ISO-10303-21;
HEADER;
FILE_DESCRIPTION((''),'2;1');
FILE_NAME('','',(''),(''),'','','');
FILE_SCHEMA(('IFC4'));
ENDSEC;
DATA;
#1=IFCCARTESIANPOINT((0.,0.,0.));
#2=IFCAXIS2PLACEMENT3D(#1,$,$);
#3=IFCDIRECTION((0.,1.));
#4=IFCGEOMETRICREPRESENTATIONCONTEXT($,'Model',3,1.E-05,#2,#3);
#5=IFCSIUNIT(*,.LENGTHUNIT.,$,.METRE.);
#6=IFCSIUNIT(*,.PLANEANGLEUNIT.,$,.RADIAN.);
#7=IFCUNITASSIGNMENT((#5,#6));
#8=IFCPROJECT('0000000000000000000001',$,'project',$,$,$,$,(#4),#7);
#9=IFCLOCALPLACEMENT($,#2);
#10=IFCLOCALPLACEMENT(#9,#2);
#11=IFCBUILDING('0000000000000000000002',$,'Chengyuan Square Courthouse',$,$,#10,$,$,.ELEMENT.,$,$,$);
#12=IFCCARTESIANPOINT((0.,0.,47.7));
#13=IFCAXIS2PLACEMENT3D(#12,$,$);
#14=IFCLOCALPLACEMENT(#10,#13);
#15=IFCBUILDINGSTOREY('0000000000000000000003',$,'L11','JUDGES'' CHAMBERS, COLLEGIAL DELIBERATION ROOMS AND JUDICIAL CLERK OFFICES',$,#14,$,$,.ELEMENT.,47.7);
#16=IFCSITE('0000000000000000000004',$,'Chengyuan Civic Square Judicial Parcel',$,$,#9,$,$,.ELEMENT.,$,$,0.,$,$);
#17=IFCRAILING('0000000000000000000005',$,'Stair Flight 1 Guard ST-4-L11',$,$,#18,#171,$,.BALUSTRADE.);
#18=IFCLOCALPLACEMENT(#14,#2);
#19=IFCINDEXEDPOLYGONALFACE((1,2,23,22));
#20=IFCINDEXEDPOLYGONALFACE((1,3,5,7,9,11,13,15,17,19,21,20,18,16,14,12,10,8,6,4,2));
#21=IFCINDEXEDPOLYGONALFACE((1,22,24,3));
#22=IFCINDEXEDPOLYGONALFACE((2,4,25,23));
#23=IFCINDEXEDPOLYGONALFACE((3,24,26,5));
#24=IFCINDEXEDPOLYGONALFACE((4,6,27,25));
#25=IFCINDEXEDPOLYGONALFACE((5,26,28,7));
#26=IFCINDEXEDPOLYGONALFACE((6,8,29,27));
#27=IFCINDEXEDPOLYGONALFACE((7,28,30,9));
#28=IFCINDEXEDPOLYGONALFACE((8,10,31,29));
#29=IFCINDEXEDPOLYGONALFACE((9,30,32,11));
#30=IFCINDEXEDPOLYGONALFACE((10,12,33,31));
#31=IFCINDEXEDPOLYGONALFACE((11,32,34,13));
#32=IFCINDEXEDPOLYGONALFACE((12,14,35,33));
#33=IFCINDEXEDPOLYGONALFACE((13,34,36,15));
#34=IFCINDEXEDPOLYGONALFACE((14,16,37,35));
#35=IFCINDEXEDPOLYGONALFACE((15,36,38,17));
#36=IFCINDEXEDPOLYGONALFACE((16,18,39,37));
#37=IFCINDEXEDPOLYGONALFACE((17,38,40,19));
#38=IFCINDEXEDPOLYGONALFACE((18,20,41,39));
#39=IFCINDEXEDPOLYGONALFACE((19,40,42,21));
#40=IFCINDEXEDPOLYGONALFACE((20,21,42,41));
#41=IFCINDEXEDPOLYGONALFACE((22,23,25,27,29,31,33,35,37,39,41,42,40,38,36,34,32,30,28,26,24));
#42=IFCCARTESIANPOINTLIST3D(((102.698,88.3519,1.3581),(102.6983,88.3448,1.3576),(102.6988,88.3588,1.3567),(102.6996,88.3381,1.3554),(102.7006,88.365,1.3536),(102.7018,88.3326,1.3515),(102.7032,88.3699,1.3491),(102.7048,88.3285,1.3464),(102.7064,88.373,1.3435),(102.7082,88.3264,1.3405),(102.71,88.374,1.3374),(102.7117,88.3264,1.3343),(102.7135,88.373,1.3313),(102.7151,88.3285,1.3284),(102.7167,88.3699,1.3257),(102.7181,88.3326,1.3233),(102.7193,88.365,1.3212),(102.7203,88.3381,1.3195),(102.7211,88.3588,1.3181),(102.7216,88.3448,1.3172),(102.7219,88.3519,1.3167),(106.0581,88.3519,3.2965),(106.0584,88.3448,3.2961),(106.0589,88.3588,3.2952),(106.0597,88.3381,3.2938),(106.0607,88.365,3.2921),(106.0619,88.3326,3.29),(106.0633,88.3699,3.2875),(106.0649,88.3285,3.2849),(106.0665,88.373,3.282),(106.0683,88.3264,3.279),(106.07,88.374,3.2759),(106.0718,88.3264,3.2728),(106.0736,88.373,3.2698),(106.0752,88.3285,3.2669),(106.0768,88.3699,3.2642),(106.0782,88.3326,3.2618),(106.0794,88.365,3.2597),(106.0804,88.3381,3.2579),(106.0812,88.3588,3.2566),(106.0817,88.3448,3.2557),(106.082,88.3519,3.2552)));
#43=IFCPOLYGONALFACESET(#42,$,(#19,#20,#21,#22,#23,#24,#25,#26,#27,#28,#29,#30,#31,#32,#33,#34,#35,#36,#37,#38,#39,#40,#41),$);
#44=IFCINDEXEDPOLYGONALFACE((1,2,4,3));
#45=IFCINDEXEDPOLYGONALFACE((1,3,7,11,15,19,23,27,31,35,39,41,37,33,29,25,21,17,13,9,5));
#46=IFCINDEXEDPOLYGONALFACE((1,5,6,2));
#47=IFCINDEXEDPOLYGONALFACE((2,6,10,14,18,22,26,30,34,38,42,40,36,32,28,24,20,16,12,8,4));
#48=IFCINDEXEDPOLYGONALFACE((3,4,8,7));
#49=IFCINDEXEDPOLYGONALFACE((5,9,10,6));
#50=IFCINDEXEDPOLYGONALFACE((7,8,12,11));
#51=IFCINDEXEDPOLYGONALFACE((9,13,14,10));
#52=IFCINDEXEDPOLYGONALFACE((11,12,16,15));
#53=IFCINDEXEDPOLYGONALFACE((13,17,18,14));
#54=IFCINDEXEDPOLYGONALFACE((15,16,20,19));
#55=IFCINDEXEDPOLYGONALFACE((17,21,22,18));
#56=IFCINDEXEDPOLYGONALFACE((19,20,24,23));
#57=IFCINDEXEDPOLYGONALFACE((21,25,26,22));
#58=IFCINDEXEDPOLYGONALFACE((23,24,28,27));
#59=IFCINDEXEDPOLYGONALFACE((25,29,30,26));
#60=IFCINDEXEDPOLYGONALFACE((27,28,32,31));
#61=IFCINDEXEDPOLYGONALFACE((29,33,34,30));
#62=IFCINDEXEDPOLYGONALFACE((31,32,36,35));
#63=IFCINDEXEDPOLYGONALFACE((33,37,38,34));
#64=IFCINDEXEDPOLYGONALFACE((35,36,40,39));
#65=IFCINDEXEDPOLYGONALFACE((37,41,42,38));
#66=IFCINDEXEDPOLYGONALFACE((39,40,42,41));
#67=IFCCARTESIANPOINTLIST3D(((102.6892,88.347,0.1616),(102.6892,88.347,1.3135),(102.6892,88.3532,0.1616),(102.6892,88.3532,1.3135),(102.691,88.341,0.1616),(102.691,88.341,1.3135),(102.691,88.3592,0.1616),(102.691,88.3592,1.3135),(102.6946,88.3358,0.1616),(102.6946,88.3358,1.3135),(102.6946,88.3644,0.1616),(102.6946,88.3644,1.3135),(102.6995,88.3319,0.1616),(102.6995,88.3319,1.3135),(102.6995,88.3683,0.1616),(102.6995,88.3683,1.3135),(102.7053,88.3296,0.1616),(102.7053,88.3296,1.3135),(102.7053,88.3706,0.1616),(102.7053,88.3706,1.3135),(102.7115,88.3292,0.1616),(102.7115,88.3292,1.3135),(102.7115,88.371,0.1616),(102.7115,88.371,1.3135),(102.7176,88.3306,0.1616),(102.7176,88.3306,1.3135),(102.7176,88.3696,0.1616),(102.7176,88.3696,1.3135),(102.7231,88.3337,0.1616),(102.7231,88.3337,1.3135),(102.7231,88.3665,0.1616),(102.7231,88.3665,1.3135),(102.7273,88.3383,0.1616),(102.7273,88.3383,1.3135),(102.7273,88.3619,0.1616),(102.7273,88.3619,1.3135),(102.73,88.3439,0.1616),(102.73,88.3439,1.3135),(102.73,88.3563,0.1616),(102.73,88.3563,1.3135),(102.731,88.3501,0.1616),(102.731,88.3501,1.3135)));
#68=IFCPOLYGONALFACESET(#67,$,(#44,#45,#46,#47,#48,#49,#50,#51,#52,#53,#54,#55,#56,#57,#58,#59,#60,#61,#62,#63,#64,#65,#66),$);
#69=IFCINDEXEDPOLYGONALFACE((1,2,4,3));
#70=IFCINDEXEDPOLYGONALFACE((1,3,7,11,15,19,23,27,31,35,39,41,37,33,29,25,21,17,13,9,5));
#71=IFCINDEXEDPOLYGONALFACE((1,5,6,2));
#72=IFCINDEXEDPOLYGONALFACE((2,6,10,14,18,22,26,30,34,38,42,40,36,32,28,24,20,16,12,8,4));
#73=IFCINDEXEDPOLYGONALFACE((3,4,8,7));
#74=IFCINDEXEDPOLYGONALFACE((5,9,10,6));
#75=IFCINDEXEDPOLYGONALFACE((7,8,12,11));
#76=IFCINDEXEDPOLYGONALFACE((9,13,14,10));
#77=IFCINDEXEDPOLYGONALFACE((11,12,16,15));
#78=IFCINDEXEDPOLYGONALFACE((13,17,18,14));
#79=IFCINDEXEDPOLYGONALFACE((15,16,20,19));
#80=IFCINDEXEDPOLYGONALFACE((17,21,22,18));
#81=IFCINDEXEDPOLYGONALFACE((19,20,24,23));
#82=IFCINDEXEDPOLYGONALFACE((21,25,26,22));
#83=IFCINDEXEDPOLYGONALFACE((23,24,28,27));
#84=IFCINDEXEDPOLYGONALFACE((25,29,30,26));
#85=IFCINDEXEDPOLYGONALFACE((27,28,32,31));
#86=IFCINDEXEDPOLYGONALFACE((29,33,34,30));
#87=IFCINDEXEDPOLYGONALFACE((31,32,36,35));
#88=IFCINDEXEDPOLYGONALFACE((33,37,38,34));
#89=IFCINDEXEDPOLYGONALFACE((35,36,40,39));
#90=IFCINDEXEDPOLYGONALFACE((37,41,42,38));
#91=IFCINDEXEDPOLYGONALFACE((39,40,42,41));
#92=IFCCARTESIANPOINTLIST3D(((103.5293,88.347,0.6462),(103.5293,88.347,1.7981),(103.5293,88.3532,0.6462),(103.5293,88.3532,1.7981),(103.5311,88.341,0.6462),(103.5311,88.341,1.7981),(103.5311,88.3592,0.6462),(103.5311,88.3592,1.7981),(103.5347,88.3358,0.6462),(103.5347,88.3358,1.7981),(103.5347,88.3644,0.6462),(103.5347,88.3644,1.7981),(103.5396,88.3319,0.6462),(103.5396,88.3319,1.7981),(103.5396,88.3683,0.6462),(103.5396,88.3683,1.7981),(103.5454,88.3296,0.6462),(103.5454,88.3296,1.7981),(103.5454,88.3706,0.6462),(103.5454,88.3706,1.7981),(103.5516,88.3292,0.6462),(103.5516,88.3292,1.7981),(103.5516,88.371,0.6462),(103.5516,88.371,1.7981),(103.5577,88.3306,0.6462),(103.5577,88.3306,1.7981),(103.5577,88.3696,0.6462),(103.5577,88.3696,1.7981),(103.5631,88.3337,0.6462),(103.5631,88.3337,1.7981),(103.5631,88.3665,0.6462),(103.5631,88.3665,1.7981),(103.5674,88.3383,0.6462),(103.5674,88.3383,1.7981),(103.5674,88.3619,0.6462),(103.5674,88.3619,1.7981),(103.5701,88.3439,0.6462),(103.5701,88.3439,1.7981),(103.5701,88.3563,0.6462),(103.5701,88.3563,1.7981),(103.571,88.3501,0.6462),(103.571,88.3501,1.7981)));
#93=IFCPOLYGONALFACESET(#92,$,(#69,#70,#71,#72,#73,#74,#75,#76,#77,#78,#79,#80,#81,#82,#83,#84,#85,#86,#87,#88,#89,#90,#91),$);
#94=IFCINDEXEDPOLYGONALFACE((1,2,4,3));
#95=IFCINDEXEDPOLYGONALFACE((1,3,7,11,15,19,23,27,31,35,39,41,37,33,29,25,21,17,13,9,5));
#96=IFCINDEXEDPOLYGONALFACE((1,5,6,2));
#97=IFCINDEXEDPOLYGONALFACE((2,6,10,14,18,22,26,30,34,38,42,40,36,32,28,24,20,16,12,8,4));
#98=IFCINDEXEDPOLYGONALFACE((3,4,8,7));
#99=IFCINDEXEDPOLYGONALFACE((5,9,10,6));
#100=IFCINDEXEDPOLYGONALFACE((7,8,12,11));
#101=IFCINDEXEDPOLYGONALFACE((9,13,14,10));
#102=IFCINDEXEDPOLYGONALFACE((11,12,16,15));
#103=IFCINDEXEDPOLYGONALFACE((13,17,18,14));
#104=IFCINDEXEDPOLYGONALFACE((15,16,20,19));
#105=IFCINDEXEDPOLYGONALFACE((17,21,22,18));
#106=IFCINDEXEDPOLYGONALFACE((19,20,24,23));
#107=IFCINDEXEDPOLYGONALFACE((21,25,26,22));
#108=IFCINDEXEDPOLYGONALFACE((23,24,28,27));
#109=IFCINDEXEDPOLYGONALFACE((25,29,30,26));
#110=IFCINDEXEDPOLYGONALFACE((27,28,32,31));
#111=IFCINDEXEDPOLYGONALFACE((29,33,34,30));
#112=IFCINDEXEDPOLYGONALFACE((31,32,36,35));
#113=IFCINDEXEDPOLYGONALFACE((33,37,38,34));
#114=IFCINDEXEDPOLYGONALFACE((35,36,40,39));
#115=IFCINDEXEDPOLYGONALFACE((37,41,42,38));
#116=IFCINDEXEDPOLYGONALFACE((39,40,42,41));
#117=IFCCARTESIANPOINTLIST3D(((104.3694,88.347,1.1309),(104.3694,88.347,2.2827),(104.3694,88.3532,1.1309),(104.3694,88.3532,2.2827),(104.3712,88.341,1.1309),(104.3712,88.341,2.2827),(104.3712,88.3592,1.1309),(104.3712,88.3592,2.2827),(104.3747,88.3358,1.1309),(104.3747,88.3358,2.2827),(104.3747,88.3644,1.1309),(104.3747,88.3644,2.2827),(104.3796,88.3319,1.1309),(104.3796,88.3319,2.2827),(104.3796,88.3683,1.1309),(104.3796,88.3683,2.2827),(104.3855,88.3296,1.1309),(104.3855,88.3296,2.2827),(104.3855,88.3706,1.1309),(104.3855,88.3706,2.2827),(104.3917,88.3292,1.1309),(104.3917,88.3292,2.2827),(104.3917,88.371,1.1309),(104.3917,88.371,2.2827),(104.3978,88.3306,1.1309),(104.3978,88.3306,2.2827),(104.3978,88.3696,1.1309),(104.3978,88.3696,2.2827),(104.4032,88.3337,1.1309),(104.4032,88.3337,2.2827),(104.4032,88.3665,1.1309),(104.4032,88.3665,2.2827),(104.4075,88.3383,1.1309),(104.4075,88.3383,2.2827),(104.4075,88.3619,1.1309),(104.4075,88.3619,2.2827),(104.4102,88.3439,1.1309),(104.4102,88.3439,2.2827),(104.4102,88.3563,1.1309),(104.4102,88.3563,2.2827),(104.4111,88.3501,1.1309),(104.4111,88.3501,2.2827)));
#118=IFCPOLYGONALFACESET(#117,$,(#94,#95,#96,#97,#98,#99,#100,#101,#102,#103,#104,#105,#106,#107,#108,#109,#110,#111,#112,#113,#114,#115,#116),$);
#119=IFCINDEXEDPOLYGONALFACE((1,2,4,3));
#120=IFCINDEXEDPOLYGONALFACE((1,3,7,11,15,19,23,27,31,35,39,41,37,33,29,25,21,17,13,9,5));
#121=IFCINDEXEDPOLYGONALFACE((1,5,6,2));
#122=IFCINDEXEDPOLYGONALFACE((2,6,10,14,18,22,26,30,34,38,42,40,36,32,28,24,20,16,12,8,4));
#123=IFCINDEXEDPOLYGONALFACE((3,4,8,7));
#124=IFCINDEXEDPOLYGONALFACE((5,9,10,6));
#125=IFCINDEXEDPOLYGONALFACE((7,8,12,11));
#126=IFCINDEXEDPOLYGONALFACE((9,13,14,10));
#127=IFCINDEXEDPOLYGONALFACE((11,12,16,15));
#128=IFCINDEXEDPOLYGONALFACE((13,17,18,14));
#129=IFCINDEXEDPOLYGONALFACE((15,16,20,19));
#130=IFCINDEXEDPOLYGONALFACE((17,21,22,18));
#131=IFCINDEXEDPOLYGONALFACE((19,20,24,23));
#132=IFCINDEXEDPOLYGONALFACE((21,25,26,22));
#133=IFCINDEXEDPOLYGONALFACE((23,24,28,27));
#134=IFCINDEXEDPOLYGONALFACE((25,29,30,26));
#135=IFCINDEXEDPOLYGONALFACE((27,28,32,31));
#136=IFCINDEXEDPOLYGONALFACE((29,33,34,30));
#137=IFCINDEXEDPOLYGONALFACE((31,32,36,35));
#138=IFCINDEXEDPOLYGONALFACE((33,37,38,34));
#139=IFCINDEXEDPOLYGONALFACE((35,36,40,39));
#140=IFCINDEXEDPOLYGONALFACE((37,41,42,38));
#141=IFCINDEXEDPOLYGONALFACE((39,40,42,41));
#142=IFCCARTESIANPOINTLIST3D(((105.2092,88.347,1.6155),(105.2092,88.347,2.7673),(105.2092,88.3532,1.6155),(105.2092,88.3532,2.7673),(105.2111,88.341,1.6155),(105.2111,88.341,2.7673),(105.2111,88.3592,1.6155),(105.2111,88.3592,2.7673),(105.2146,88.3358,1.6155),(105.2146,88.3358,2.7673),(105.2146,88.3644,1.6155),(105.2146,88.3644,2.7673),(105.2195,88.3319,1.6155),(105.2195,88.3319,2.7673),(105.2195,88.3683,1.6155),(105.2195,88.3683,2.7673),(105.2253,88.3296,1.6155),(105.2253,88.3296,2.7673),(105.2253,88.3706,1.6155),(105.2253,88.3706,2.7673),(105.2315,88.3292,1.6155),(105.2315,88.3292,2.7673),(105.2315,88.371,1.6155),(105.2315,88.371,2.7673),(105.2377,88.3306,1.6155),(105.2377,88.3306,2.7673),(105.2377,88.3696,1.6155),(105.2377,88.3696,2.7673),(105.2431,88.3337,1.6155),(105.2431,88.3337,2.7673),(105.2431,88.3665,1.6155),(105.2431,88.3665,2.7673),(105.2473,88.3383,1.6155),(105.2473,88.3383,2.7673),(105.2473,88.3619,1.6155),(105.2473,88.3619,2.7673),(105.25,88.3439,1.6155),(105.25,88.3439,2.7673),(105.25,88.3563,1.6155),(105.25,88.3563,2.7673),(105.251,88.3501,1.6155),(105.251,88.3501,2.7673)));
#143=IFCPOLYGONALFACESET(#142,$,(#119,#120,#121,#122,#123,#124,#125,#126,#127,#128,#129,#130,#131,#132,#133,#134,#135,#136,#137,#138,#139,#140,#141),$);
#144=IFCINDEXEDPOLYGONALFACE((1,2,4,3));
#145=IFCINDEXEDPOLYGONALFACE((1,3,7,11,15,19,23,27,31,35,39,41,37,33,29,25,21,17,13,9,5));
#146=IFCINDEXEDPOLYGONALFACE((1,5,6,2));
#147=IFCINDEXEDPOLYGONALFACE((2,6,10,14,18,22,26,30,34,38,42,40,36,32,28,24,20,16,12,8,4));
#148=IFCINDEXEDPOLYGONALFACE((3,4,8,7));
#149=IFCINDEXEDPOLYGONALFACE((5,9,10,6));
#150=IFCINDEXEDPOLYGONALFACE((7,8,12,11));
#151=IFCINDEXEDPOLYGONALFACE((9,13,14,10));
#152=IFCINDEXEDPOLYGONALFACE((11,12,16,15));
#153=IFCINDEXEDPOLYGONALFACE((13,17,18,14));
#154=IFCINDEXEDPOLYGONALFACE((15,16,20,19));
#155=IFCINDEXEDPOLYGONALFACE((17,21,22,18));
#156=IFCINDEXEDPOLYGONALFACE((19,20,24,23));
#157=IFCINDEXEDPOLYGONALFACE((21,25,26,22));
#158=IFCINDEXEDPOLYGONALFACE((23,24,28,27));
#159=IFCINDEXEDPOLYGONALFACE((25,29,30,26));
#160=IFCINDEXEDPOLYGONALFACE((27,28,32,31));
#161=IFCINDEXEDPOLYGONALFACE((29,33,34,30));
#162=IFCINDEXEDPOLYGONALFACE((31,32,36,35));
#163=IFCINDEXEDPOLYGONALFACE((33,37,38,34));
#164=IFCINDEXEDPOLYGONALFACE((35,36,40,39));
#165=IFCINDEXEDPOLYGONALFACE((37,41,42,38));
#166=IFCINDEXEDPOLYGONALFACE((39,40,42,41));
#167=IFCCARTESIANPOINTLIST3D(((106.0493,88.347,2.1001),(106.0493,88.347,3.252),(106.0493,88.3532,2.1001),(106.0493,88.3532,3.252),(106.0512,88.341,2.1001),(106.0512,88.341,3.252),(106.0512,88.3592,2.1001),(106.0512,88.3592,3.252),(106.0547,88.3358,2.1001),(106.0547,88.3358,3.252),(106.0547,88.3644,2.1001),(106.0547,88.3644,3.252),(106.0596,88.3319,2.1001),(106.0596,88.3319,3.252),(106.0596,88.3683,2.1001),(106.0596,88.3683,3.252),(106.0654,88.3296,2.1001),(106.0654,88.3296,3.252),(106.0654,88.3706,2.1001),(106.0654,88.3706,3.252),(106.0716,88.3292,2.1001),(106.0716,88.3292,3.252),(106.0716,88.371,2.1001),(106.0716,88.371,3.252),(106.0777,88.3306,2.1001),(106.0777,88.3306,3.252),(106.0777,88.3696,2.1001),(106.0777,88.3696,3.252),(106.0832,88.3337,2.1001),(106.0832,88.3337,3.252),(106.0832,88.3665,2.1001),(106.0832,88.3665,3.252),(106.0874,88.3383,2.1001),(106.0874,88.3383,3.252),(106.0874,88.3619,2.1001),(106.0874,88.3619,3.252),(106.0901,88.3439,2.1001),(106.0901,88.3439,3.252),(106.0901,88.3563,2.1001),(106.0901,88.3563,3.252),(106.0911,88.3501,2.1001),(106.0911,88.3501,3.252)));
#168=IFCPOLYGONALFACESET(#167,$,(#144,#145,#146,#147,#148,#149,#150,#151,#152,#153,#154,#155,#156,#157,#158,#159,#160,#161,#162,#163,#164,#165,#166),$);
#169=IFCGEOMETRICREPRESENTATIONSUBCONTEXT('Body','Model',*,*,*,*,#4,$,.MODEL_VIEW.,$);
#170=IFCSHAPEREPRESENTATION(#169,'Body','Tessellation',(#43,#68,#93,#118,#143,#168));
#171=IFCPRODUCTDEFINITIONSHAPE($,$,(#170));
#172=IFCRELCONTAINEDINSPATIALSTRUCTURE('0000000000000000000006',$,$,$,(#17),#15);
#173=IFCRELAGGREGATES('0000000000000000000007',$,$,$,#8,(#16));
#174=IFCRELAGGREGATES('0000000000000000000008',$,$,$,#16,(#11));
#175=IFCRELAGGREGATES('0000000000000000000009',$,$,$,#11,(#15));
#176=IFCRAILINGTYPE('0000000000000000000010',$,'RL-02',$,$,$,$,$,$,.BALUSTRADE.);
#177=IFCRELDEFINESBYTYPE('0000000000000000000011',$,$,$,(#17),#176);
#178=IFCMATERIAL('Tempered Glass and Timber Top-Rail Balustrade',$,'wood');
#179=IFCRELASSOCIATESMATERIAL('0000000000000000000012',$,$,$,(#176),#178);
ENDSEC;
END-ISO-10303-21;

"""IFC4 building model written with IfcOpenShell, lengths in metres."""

from ifc_helpers import new_model, si_unit, direction, frame, origin, origin_2d, place, context, subcontext, project, spatial, circle, extrude, material, type_object, element, save


model = new_model("IFC4")

# Units and contexts
model_context = context("Model", 3, precision=1e-05, world=origin(), true_north=direction((0.0, 1.0)))
body_context = subcontext(model_context, "Body", "Model", "MODEL_VIEW")
ifc_project = project(units=[si_unit("LENGTHUNIT", "METRE"), si_unit("PLANEANGLEUNIT", "RADIAN")], contexts=[model_context])

# Site, building, storey
site_placement = place(None, origin())
site = spatial("IfcSite", under=ifc_project, at=site_placement, Name="Chengyuan Civic Square Judicial Parcel", CompositionType="ELEMENT", RefElevation=0.0)
building_placement = place(site_placement, origin())
building = spatial("IfcBuilding", under=site, at=building_placement, Name="Chengyuan Square Courthouse", CompositionType="ELEMENT")
storey_placement = place(building_placement, frame((0.0, 0.0, 47.7)))
storey = spatial("IfcBuildingStorey", under=building, at=storey_placement, Name="L11", Description="JUDGES' CHAMBERS, COLLEGIAL DELIBERATION ROOMS AND JUDICIAL CLERK OFFICES", CompositionType="ELEMENT", Elevation=47.7)

# Railing
ifc_material_1 = material(Name="Tempered Glass and Timber Top-Rail Balustrade", Category="wood")
railing_type_1 = type_object("IfcRailingType", Name="RL-02", PredefinedType="BALUSTRADE", material=ifc_material_1)
railing_1_placement = place(storey_placement, frame((102.71, 88.3501, 0.1616)))
element("IfcRailing", 1, at=railing_1_placement, inside=storey, type_object=railing_type_1, Name="Stair Flight 1 Guard ST-4-L11", PredefinedType="BALUSTRADE", context=body_context, shape_type="SweptSolid", body=[
    extrude(circle(Radius=0.0239, at=origin_2d()), frame((0.0, 0.0, 1.1758), z_axis=(0.866191, 0.0, 0.499713), x_axis=(0.0, 1.0, 0.0)), (0.0, 0.0, 1.0), 3.8792),
    extrude(circle(Radius=0.021, at=origin_2d()), origin(), (0.0, 0.0, 1.0), 1.1519),
    extrude(circle(Radius=0.021, at=origin_2d()), frame((0.8401, 0.0, 0.4846)), (0.0, 0.0, 1.0), 1.1519),
    extrude(circle(Radius=0.021, at=origin_2d()), frame((1.6802, 0.0, 0.9692)), (0.0, 0.0, 1.0), 1.1519),
    extrude(circle(Radius=0.021, at=origin_2d()), frame((2.52, 0.0, 1.4539)), (0.0, 0.0, 1.0), 1.1519),
    extrude(circle(Radius=0.021, at=origin_2d()), frame((3.3601, 0.0, 1.9385)), (0.0, 0.0, 1.0), 1.1519),
])

save(model, "model.ifc")
